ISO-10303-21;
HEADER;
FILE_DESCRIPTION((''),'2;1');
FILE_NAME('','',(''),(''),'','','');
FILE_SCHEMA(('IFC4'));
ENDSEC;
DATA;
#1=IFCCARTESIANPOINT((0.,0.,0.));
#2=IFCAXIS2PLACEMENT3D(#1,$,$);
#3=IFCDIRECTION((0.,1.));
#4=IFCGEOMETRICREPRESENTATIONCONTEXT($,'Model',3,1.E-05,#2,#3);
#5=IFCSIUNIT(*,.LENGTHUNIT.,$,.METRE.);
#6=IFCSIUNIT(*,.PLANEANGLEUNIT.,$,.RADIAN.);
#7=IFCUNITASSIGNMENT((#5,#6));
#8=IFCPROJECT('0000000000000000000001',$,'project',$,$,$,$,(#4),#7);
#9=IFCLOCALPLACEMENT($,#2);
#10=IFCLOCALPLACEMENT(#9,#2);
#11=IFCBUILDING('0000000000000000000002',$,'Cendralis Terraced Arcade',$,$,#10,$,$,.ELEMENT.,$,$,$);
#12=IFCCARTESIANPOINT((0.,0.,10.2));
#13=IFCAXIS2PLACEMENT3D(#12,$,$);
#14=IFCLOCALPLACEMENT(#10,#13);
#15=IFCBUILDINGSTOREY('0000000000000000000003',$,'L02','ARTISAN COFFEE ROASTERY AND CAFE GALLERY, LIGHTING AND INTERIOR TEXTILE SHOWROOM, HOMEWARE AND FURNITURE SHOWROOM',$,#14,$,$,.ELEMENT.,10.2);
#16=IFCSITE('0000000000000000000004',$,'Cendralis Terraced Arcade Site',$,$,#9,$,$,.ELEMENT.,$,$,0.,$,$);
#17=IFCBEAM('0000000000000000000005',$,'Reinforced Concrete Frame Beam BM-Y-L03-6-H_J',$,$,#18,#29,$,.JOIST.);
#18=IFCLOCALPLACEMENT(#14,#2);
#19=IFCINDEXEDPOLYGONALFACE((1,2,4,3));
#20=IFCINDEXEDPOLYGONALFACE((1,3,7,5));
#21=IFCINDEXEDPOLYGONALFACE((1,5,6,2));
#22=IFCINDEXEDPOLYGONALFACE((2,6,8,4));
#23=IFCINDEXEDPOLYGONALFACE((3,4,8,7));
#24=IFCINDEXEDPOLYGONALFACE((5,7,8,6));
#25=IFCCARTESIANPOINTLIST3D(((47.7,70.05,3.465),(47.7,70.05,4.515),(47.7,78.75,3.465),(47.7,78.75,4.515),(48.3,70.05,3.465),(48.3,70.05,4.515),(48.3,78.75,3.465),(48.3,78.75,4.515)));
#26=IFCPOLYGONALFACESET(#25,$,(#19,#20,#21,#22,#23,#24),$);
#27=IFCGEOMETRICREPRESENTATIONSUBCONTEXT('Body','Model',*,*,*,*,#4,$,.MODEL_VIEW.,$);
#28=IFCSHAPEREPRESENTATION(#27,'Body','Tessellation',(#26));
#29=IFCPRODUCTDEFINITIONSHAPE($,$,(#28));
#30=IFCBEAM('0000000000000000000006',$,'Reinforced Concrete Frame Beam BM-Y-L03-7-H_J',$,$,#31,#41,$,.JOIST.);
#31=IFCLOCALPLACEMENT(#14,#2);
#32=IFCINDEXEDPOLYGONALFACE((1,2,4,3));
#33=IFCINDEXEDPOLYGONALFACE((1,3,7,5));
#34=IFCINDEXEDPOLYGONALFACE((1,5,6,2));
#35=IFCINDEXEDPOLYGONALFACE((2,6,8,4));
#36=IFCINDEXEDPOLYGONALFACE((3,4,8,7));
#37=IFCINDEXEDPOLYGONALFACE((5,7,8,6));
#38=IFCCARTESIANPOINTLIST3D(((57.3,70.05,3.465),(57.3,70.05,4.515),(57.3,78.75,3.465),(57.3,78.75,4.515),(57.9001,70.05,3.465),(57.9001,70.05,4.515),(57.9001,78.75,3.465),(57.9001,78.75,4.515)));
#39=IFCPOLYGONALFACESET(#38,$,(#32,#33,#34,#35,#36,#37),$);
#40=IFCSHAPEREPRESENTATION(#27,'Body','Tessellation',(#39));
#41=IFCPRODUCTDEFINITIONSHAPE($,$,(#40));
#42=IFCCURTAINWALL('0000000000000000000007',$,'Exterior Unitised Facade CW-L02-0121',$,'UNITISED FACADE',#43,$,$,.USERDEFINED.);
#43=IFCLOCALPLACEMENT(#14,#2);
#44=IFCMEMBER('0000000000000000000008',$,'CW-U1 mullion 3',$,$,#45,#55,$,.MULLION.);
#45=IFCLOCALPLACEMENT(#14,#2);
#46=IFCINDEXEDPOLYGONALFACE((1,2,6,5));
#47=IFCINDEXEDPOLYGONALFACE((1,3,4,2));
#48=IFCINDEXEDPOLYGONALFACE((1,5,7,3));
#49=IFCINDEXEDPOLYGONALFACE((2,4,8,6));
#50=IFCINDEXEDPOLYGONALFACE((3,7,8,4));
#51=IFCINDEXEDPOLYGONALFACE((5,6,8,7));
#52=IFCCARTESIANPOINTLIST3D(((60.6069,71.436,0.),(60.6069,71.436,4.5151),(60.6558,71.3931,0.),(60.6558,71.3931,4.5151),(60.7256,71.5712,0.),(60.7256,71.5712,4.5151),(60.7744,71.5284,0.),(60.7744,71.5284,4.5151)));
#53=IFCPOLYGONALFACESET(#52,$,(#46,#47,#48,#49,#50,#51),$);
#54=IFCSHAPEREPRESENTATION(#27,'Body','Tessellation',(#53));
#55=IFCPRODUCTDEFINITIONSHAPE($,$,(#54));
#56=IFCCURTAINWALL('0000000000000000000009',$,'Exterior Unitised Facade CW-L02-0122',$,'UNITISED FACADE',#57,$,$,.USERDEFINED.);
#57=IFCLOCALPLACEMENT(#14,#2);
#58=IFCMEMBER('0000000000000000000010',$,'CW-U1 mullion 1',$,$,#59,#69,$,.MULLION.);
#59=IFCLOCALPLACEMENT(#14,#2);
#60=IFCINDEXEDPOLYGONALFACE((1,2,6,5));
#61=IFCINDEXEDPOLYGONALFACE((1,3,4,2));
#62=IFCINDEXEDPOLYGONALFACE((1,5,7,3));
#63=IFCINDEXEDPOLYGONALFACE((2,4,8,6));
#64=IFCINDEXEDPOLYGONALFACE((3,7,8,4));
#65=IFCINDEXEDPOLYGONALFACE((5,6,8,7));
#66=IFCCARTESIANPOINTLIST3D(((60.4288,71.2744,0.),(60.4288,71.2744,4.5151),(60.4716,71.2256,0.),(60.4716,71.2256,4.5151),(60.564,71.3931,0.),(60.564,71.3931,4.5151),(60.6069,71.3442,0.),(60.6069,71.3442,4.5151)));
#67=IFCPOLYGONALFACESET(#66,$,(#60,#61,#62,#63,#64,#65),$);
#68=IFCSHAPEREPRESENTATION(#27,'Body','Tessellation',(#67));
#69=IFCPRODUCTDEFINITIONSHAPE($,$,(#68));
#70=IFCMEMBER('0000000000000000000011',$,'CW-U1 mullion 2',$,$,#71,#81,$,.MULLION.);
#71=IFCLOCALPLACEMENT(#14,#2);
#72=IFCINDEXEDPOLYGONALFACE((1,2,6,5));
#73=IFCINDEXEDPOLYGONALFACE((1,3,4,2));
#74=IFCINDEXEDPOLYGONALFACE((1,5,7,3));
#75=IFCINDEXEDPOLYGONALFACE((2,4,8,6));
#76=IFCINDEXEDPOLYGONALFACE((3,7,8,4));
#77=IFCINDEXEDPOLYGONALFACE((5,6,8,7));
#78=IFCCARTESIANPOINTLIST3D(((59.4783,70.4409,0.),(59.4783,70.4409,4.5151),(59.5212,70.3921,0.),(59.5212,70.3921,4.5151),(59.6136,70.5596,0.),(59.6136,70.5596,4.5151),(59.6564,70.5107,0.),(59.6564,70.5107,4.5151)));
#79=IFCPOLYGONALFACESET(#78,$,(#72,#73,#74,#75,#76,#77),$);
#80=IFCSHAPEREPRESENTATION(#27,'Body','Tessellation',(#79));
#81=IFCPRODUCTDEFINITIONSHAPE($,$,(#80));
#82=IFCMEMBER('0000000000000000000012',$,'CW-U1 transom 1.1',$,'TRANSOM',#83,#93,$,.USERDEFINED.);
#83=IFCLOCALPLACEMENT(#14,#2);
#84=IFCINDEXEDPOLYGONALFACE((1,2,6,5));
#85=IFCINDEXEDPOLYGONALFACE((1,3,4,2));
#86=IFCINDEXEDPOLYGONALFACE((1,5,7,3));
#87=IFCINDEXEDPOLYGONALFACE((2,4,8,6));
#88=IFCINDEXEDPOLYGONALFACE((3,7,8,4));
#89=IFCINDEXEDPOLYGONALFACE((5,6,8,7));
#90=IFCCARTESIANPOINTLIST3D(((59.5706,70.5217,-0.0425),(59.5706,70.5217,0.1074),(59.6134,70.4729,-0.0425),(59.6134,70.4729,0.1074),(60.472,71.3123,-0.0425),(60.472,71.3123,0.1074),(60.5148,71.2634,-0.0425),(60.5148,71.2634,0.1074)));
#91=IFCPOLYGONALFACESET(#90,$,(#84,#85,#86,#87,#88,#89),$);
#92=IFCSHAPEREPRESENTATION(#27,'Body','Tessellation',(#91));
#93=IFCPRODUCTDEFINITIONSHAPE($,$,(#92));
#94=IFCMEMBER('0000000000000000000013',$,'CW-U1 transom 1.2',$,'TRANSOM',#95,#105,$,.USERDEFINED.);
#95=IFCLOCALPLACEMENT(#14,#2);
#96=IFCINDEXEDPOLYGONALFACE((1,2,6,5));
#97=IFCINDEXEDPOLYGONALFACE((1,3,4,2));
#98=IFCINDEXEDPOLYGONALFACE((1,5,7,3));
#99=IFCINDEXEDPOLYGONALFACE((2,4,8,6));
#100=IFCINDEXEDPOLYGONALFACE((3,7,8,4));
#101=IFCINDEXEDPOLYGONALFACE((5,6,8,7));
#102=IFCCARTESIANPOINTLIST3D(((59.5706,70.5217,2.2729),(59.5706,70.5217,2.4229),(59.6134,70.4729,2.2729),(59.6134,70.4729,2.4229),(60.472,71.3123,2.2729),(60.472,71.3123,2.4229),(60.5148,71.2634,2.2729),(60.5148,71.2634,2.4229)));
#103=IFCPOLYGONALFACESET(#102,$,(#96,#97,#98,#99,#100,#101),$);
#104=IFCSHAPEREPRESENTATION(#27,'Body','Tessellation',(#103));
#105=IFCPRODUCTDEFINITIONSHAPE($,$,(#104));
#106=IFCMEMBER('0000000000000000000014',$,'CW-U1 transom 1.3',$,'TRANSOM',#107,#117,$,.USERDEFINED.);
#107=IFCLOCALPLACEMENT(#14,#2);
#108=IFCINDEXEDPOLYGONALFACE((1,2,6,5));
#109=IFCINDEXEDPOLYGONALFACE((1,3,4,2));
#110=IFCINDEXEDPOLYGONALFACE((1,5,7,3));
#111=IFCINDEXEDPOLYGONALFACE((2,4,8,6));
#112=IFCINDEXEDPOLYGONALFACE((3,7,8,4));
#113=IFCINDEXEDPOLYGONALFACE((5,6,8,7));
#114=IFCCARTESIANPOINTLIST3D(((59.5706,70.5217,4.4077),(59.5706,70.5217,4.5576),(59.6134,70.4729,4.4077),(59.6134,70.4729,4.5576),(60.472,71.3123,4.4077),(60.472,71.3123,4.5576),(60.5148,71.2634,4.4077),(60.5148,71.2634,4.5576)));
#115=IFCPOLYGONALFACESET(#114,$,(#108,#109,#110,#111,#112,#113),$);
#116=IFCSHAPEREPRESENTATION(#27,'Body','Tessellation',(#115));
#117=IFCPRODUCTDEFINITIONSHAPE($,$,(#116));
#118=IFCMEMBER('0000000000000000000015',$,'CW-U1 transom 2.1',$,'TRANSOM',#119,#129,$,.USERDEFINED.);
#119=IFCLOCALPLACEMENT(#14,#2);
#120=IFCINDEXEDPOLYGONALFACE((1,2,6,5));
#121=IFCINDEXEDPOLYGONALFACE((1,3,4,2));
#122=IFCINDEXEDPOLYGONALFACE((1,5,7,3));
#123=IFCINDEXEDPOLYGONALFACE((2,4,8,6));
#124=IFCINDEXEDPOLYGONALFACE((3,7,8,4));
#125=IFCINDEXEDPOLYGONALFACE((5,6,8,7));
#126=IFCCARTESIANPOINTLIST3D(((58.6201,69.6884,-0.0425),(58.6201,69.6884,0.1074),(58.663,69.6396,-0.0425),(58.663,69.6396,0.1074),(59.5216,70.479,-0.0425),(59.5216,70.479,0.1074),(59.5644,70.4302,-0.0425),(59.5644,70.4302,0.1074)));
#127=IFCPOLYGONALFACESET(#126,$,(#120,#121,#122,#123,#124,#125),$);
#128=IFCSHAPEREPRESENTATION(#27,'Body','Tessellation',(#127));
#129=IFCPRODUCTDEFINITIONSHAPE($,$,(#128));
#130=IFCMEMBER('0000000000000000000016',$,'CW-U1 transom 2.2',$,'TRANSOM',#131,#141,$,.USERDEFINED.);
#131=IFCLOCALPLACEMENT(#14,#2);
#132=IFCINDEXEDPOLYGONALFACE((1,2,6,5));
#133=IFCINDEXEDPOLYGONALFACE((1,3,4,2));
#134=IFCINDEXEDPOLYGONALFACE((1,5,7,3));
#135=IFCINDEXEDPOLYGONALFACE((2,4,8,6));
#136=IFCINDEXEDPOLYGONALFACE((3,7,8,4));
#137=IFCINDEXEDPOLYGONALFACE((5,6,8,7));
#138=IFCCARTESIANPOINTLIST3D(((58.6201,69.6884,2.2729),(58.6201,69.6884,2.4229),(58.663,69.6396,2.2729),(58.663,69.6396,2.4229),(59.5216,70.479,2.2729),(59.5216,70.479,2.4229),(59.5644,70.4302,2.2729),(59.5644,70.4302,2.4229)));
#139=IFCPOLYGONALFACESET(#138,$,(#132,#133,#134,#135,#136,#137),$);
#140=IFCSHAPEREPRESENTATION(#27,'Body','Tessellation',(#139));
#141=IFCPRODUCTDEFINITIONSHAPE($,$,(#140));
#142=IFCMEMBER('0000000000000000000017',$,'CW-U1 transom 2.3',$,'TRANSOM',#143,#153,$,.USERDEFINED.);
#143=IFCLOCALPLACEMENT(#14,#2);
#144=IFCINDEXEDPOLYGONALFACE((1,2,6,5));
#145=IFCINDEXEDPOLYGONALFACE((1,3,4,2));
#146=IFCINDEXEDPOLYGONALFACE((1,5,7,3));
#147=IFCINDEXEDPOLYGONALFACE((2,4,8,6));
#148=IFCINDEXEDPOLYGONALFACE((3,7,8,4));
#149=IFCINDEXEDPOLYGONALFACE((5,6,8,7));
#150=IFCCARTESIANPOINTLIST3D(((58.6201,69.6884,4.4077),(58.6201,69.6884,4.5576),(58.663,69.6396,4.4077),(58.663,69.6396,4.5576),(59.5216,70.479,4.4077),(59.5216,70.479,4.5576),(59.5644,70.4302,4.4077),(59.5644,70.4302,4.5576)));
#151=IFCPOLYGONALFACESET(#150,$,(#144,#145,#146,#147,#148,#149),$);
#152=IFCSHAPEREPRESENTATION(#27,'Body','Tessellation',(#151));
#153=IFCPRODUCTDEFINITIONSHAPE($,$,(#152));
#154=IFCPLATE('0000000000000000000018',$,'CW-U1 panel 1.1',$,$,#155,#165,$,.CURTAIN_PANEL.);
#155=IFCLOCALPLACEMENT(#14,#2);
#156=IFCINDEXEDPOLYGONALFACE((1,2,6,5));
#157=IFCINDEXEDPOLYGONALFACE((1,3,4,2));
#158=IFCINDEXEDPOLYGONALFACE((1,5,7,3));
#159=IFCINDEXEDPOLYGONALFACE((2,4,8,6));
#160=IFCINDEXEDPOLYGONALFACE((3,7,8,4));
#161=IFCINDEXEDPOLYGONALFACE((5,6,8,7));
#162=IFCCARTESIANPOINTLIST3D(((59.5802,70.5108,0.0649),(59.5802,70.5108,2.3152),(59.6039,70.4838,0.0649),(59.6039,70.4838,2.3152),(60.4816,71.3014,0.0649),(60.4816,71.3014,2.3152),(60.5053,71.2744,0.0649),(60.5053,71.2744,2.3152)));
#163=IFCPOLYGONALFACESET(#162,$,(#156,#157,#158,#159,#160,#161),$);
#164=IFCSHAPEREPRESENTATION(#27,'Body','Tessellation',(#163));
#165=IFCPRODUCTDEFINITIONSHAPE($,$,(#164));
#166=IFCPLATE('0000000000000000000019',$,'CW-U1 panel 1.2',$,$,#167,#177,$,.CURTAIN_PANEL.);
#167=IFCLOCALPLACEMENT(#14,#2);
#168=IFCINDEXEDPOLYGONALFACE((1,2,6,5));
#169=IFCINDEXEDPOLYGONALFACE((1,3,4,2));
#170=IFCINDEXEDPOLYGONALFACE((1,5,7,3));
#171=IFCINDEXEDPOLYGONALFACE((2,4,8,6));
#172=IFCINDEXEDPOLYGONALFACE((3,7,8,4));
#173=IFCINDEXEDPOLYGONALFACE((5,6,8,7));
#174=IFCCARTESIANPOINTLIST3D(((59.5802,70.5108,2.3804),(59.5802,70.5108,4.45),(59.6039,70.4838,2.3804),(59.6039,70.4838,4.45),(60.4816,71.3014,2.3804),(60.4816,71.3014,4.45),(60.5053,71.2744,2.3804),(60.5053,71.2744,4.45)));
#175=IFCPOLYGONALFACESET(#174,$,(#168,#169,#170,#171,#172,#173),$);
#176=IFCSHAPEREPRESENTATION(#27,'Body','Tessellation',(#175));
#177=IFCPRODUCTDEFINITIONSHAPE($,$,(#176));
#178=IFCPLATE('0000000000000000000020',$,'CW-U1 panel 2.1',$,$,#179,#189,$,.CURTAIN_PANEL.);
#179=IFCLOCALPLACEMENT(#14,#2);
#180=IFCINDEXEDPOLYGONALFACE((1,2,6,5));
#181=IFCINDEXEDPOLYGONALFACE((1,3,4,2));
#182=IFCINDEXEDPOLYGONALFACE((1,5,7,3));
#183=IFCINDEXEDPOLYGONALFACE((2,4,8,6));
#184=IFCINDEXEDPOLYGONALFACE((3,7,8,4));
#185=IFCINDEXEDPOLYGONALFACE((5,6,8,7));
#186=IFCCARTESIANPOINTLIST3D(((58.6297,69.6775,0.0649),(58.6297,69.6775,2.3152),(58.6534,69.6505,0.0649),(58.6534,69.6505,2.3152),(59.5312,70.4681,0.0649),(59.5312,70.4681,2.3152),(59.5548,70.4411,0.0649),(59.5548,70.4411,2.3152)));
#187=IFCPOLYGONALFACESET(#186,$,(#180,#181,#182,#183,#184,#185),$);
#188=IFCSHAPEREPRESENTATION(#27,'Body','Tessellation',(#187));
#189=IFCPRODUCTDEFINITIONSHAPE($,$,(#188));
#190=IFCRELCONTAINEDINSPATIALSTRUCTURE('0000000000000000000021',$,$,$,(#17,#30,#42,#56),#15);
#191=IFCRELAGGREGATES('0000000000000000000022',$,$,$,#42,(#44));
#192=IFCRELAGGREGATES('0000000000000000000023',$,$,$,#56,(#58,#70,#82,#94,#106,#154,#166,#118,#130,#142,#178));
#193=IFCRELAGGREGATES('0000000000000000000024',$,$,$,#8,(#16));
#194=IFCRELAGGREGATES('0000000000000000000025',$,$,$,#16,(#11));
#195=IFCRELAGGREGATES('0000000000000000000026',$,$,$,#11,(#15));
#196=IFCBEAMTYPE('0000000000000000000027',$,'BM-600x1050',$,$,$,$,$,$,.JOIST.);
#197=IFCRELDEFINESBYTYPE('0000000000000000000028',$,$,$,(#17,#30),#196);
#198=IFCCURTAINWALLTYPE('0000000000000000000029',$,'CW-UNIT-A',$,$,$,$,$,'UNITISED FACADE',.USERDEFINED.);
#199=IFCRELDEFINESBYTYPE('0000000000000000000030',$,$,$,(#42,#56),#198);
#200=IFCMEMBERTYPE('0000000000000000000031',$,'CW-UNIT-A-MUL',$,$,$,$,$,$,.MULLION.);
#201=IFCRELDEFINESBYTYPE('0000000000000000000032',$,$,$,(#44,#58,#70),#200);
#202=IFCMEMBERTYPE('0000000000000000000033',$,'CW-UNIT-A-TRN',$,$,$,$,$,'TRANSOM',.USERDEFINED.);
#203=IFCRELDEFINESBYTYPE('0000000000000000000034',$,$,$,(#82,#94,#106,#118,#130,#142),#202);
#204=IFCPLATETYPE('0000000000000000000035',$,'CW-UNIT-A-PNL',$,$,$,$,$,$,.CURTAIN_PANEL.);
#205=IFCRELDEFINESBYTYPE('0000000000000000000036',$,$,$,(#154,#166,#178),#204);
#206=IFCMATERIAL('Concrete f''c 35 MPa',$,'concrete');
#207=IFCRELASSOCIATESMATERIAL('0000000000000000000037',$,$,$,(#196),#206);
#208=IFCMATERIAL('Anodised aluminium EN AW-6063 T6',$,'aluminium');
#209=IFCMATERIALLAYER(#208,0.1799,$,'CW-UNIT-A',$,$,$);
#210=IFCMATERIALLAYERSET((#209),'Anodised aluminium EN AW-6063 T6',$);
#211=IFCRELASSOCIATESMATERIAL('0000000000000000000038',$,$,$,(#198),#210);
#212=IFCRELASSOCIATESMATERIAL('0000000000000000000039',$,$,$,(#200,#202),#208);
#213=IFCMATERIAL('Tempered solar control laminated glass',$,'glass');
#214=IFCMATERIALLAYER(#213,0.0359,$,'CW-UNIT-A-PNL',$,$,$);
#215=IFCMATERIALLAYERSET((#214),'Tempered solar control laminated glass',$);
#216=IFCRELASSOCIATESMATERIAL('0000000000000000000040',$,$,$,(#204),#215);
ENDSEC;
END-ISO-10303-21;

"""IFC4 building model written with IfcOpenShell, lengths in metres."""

from ifc_helpers import new_model, si_unit, direction, frame, origin, origin_2d, place, context, subcontext, project, spatial, rectangle, extrude, material, layer, layer_set, material_profile, profile_set, type_object, element, aggregate, save


model = new_model("IFC4")

# Units and contexts
model_context = context("Model", 3, precision=1e-05, world=origin(), true_north=direction((0.0, 1.0)))
body_context = subcontext(model_context, "Body", "Model", "MODEL_VIEW")
ifc_project = project(units=[si_unit("LENGTHUNIT", "METRE"), si_unit("PLANEANGLEUNIT", "RADIAN")], contexts=[model_context])

# Site, building, storey
site_placement = place(None, origin())
site = spatial("IfcSite", under=ifc_project, at=site_placement, Name="Cendralis Terraced Arcade Site", CompositionType="ELEMENT", RefElevation=0.0)
building_placement = place(site_placement, origin())
building = spatial("IfcBuilding", under=site, at=building_placement, Name="Cendralis Terraced Arcade", CompositionType="ELEMENT")
storey_placement = place(building_placement, frame((0.0, 0.0, 10.2)))
storey = spatial("IfcBuildingStorey", under=building, at=storey_placement, Name="L02", Description="ARTISAN COFFEE ROASTERY AND CAFE GALLERY, LIGHTING AND INTERIOR TEXTILE SHOWROOM, HOMEWARE AND FURNITURE SHOWROOM", CompositionType="ELEMENT", Elevation=10.2)

# Beams
ifc_material_1 = material(Name="Concrete f'c 35 MPa", Category="concrete")
ifc_material_profile_1 = material_profile(ifc_material_1, rectangle(XDim=0.6001, YDim=1.05, at=origin_2d()), Name="RC-BM-600x1050", Category="LoadBearing")
ifc_profile_set_1 = profile_set([ifc_material_profile_1], Name="Concrete f'c 35 MPa")
beam_type = type_object("IfcBeamType", Name="BM-600x1050", PredefinedType="JOIST", material=ifc_profile_set_1)
for number, where, z_axis, x_axis, name in (
    (1, (48.0, 70.05, 3.99), (0.0, 1.0, 0.0), (-1.0, 0.0, 0.0), "Reinforced Concrete Frame Beam BM-Y-L03-6-H_J"),
    (2, (57.6001, 70.05, 3.99), (0.0, 1.0, 0.0), (-1.0, 0.0, 0.0), "Reinforced Concrete Frame Beam BM-Y-L03-7-H_J"),
):
    element("IfcBeam", number, at=place(storey_placement, frame(where, z_axis=z_axis, x_axis=x_axis)), inside=storey, type_object=beam_type, Name=name, PredefinedType="JOIST", context=body_context, shape_type="SweptSolid", body=[
        extrude(rectangle(XDim=0.6001, YDim=1.05, at=origin_2d()), origin(), (0.0, 0.0, 1.0), 8.7),
    ])

# Curtain wall, member
ifc_material_2 = material(Name="Anodised aluminium EN AW-6063 T6", Category="aluminium")
ifc_layer_1 = layer(ifc_material_2, 0.1799, Name="CW-UNIT-A")
ifc_layer_set_1 = layer_set([ifc_layer_1], Name="Anodised aluminium EN AW-6063 T6")
curtain_wall_type = type_object("IfcCurtainWallType", Name="CW-UNIT-A", ElementType="UNITISED FACADE", PredefinedType="USERDEFINED", material=ifc_layer_set_1)
curtain_wall_1_placement = place(storey_placement, origin())
curtain_wall_1 = element("IfcCurtainWall", 3, at=curtain_wall_1_placement, inside=storey, type_object=curtain_wall_type, Name="Exterior Unitised Facade CW-L02-0121", ObjectType="UNITISED FACADE", PredefinedType="USERDEFINED")
ifc_material_profile_2 = material_profile(ifc_material_2, rectangle(XDim=0.0649, YDim=0.1799, at=origin_2d()), Name="ALU-MUL-65x180")
ifc_profile_set_2 = profile_set([ifc_material_profile_2], Name="Anodised aluminium EN AW-6063 T6")
member_type_1 = type_object("IfcMemberType", Name="CW-UNIT-A-MUL", PredefinedType="MULLION", material=ifc_profile_set_2)
member_1_placement = place(storey_placement, frame((60.6907, 71.4822, 0.0), z_axis=(0.0, 0.0, 1.0), x_axis=(0.751809, -0.65938, 0.0)))
member_1 = element("IfcMember", 4, at=member_1_placement, type_object=member_type_1, Name="CW-U1 mullion 3", PredefinedType="MULLION", context=body_context, shape_type="SweptSolid", body=[
    extrude(rectangle(XDim=0.0649, YDim=0.1799, at=origin_2d()), origin(), (0.0, 0.0, 1.0), 4.5151),
])
aggregate(curtain_wall_1, [member_1])

# Curtain wall, members, plates
curtain_wall_2_placement = place(storey_placement, origin())
curtain_wall_2 = element("IfcCurtainWall", 5, at=curtain_wall_2_placement, inside=storey, type_object=curtain_wall_type, Name="Exterior Unitised Facade CW-L02-0122", ObjectType="UNITISED FACADE", PredefinedType="USERDEFINED")
member_2_placement = place(storey_placement, frame((60.5178, 71.3093, 0.0), z_axis=(0.0, 0.0, 1.0), x_axis=(0.659372, -0.751816, 0.0)))
member_2 = element("IfcMember", 6, at=member_2_placement, type_object=member_type_1, Name="CW-U1 mullion 1", PredefinedType="MULLION", context=body_context, shape_type="SweptSolid", body=[
    extrude(rectangle(XDim=0.0649, YDim=0.1799, at=origin_2d()), origin(), (0.0, 0.0, 1.0), 4.5151),
])
member_3_placement = place(storey_placement, frame((59.5674, 70.4758, 0.0), z_axis=(0.0, 0.0, 1.0), x_axis=(0.659372, -0.751816, 0.0)))
member_3 = element("IfcMember", 7, at=member_3_placement, type_object=member_type_1, Name="CW-U1 mullion 2", PredefinedType="MULLION", context=body_context, shape_type="SweptSolid", body=[
    extrude(rectangle(XDim=0.0649, YDim=0.1799, at=origin_2d()), origin(), (0.0, 0.0, 1.0), 4.5151),
])
ifc_material_profile_3 = material_profile(ifc_material_2, rectangle(XDim=0.0649, YDim=0.1499, at=origin_2d()), Name="ALU-TRN-65x150")
ifc_profile_set_3 = profile_set([ifc_material_profile_3], Name="Anodised aluminium EN AW-6063 T6")
member_type_2 = type_object("IfcMemberType", Name="CW-UNIT-A-TRN", ElementType="TRANSOM", PredefinedType="USERDEFINED", material=ifc_profile_set_3)
member_4_placement = place(storey_placement, frame((60.4934, 71.2878, 0.0325), z_axis=(-0.751819, -0.659369, 0.0), x_axis=(0.659369, -0.751819, 0.0)))
member_4 = element("IfcMember", 8, at=member_4_placement, type_object=member_type_2, Name="CW-U1 transom 1.1", ObjectType="TRANSOM", PredefinedType="USERDEFINED", context=body_context, shape_type="SweptSolid", body=[
    extrude(rectangle(XDim=0.0649, YDim=0.1499, at=origin_2d()), origin(), (0.0, 0.0, 1.0), 1.199),
])
member_5_placement = place(storey_placement, frame((60.4934, 71.2878, 2.3479), z_axis=(-0.751819, -0.659369, 0.0), x_axis=(0.659369, -0.751819, 0.0)))
member_5 = element("IfcMember", 9, at=member_5_placement, type_object=member_type_2, Name="CW-U1 transom 1.2", ObjectType="TRANSOM", PredefinedType="USERDEFINED", context=body_context, shape_type="SweptSolid", body=[
    extrude(rectangle(XDim=0.0649, YDim=0.1499, at=origin_2d()), origin(), (0.0, 0.0, 1.0), 1.199),
])
member_6_placement = place(storey_placement, frame((60.4934, 71.2878, 4.4827), z_axis=(-0.751819, -0.659369, 0.0), x_axis=(0.659369, -0.751819, 0.0)))
member_6 = element("IfcMember", 10, at=member_6_placement, type_object=member_type_2, Name="CW-U1 transom 1.3", ObjectType="TRANSOM", PredefinedType="USERDEFINED", context=body_context, shape_type="SweptSolid", body=[
    extrude(rectangle(XDim=0.0649, YDim=0.1499, at=origin_2d()), origin(), (0.0, 0.0, 1.0), 1.199),
])
member_7_placement = place(storey_placement, frame((59.543, 70.4546, 0.0325), z_axis=(-0.751819, -0.659369, 0.0), x_axis=(0.659369, -0.751819, 0.0)))
member_7 = element("IfcMember", 11, at=member_7_placement, type_object=member_type_2, Name="CW-U1 transom 2.1", ObjectType="TRANSOM", PredefinedType="USERDEFINED", context=body_context, shape_type="SweptSolid", body=[
    extrude(rectangle(XDim=0.0649, YDim=0.1499, at=origin_2d()), origin(), (0.0, 0.0, 1.0), 1.199),
])
member_8_placement = place(storey_placement, frame((59.543, 70.4546, 2.3479), z_axis=(-0.751819, -0.659369, 0.0), x_axis=(0.659369, -0.751819, 0.0)))
member_8 = element("IfcMember", 12, at=member_8_placement, type_object=member_type_2, Name="CW-U1 transom 2.2", ObjectType="TRANSOM", PredefinedType="USERDEFINED", context=body_context, shape_type="SweptSolid", body=[
    extrude(rectangle(XDim=0.0649, YDim=0.1499, at=origin_2d()), origin(), (0.0, 0.0, 1.0), 1.199),
])
member_9_placement = place(storey_placement, frame((59.543, 70.4546, 4.4827), z_axis=(-0.751819, -0.659369, 0.0), x_axis=(0.659369, -0.751819, 0.0)))
member_9 = element("IfcMember", 13, at=member_9_placement, type_object=member_type_2, Name="CW-U1 transom 2.3", ObjectType="TRANSOM", PredefinedType="USERDEFINED", context=body_context, shape_type="SweptSolid", body=[
    extrude(rectangle(XDim=0.0649, YDim=0.1499, at=origin_2d()), origin(), (0.0, 0.0, 1.0), 1.199),
])
ifc_material_3 = material(Name="Tempered solar control laminated glass", Category="glass")
ifc_layer_2 = layer(ifc_material_3, 0.0359, Name="CW-UNIT-A-PNL")
ifc_layer_set_2 = layer_set([ifc_layer_2], Name="Tempered solar control laminated glass")
plate_type = type_object("IfcPlateType", Name="CW-UNIT-A-PNL", PredefinedType="CURTAIN_PANEL", material=ifc_layer_set_2)
plate_1_placement = place(storey_placement, frame((60.0427, 70.8926, 0.0649), z_axis=(0.0, 0.0, 1.0), x_axis=(-0.751816, -0.659372, 0.0)))
plate_1 = element("IfcPlate", 14, at=plate_1_placement, type_object=plate_type, Name="CW-U1 panel 1.1", PredefinedType="CURTAIN_PANEL", context=body_context, shape_type="SweptSolid", body=[
    extrude(rectangle(XDim=1.199, YDim=0.0359, at=origin_2d()), origin(), (0.0, 0.0, 1.0), 2.2502),
])
plate_2_placement = place(storey_placement, frame((60.0427, 70.8926, 2.3804), z_axis=(0.0, 0.0, 1.0), x_axis=(-0.751816, -0.659372, 0.0)))
plate_2 = element("IfcPlate", 15, at=plate_2_placement, type_object=plate_type, Name="CW-U1 panel 1.2", PredefinedType="CURTAIN_PANEL", context=body_context, shape_type="SweptSolid", body=[
    extrude(rectangle(XDim=1.199, YDim=0.0359, at=origin_2d()), origin(), (0.0, 0.0, 1.0), 2.0696),
])
plate_3_placement = place(storey_placement, frame((59.0923, 70.0593, 0.0649), z_axis=(0.0, 0.0, 1.0), x_axis=(-0.751816, -0.659372, 0.0)))
plate_3 = element("IfcPlate", 16, at=plate_3_placement, type_object=plate_type, Name="CW-U1 panel 2.1", PredefinedType="CURTAIN_PANEL", context=body_context, shape_type="SweptSolid", body=[
    extrude(rectangle(XDim=1.199, YDim=0.0359, at=origin_2d()), origin(), (0.0, 0.0, 1.0), 2.2502),
])
aggregate(curtain_wall_2, [member_2, member_3, member_4, member_5, member_6, plate_1, plate_2, member_7, member_8, member_9, plate_3])

save(model, "model.ifc")
